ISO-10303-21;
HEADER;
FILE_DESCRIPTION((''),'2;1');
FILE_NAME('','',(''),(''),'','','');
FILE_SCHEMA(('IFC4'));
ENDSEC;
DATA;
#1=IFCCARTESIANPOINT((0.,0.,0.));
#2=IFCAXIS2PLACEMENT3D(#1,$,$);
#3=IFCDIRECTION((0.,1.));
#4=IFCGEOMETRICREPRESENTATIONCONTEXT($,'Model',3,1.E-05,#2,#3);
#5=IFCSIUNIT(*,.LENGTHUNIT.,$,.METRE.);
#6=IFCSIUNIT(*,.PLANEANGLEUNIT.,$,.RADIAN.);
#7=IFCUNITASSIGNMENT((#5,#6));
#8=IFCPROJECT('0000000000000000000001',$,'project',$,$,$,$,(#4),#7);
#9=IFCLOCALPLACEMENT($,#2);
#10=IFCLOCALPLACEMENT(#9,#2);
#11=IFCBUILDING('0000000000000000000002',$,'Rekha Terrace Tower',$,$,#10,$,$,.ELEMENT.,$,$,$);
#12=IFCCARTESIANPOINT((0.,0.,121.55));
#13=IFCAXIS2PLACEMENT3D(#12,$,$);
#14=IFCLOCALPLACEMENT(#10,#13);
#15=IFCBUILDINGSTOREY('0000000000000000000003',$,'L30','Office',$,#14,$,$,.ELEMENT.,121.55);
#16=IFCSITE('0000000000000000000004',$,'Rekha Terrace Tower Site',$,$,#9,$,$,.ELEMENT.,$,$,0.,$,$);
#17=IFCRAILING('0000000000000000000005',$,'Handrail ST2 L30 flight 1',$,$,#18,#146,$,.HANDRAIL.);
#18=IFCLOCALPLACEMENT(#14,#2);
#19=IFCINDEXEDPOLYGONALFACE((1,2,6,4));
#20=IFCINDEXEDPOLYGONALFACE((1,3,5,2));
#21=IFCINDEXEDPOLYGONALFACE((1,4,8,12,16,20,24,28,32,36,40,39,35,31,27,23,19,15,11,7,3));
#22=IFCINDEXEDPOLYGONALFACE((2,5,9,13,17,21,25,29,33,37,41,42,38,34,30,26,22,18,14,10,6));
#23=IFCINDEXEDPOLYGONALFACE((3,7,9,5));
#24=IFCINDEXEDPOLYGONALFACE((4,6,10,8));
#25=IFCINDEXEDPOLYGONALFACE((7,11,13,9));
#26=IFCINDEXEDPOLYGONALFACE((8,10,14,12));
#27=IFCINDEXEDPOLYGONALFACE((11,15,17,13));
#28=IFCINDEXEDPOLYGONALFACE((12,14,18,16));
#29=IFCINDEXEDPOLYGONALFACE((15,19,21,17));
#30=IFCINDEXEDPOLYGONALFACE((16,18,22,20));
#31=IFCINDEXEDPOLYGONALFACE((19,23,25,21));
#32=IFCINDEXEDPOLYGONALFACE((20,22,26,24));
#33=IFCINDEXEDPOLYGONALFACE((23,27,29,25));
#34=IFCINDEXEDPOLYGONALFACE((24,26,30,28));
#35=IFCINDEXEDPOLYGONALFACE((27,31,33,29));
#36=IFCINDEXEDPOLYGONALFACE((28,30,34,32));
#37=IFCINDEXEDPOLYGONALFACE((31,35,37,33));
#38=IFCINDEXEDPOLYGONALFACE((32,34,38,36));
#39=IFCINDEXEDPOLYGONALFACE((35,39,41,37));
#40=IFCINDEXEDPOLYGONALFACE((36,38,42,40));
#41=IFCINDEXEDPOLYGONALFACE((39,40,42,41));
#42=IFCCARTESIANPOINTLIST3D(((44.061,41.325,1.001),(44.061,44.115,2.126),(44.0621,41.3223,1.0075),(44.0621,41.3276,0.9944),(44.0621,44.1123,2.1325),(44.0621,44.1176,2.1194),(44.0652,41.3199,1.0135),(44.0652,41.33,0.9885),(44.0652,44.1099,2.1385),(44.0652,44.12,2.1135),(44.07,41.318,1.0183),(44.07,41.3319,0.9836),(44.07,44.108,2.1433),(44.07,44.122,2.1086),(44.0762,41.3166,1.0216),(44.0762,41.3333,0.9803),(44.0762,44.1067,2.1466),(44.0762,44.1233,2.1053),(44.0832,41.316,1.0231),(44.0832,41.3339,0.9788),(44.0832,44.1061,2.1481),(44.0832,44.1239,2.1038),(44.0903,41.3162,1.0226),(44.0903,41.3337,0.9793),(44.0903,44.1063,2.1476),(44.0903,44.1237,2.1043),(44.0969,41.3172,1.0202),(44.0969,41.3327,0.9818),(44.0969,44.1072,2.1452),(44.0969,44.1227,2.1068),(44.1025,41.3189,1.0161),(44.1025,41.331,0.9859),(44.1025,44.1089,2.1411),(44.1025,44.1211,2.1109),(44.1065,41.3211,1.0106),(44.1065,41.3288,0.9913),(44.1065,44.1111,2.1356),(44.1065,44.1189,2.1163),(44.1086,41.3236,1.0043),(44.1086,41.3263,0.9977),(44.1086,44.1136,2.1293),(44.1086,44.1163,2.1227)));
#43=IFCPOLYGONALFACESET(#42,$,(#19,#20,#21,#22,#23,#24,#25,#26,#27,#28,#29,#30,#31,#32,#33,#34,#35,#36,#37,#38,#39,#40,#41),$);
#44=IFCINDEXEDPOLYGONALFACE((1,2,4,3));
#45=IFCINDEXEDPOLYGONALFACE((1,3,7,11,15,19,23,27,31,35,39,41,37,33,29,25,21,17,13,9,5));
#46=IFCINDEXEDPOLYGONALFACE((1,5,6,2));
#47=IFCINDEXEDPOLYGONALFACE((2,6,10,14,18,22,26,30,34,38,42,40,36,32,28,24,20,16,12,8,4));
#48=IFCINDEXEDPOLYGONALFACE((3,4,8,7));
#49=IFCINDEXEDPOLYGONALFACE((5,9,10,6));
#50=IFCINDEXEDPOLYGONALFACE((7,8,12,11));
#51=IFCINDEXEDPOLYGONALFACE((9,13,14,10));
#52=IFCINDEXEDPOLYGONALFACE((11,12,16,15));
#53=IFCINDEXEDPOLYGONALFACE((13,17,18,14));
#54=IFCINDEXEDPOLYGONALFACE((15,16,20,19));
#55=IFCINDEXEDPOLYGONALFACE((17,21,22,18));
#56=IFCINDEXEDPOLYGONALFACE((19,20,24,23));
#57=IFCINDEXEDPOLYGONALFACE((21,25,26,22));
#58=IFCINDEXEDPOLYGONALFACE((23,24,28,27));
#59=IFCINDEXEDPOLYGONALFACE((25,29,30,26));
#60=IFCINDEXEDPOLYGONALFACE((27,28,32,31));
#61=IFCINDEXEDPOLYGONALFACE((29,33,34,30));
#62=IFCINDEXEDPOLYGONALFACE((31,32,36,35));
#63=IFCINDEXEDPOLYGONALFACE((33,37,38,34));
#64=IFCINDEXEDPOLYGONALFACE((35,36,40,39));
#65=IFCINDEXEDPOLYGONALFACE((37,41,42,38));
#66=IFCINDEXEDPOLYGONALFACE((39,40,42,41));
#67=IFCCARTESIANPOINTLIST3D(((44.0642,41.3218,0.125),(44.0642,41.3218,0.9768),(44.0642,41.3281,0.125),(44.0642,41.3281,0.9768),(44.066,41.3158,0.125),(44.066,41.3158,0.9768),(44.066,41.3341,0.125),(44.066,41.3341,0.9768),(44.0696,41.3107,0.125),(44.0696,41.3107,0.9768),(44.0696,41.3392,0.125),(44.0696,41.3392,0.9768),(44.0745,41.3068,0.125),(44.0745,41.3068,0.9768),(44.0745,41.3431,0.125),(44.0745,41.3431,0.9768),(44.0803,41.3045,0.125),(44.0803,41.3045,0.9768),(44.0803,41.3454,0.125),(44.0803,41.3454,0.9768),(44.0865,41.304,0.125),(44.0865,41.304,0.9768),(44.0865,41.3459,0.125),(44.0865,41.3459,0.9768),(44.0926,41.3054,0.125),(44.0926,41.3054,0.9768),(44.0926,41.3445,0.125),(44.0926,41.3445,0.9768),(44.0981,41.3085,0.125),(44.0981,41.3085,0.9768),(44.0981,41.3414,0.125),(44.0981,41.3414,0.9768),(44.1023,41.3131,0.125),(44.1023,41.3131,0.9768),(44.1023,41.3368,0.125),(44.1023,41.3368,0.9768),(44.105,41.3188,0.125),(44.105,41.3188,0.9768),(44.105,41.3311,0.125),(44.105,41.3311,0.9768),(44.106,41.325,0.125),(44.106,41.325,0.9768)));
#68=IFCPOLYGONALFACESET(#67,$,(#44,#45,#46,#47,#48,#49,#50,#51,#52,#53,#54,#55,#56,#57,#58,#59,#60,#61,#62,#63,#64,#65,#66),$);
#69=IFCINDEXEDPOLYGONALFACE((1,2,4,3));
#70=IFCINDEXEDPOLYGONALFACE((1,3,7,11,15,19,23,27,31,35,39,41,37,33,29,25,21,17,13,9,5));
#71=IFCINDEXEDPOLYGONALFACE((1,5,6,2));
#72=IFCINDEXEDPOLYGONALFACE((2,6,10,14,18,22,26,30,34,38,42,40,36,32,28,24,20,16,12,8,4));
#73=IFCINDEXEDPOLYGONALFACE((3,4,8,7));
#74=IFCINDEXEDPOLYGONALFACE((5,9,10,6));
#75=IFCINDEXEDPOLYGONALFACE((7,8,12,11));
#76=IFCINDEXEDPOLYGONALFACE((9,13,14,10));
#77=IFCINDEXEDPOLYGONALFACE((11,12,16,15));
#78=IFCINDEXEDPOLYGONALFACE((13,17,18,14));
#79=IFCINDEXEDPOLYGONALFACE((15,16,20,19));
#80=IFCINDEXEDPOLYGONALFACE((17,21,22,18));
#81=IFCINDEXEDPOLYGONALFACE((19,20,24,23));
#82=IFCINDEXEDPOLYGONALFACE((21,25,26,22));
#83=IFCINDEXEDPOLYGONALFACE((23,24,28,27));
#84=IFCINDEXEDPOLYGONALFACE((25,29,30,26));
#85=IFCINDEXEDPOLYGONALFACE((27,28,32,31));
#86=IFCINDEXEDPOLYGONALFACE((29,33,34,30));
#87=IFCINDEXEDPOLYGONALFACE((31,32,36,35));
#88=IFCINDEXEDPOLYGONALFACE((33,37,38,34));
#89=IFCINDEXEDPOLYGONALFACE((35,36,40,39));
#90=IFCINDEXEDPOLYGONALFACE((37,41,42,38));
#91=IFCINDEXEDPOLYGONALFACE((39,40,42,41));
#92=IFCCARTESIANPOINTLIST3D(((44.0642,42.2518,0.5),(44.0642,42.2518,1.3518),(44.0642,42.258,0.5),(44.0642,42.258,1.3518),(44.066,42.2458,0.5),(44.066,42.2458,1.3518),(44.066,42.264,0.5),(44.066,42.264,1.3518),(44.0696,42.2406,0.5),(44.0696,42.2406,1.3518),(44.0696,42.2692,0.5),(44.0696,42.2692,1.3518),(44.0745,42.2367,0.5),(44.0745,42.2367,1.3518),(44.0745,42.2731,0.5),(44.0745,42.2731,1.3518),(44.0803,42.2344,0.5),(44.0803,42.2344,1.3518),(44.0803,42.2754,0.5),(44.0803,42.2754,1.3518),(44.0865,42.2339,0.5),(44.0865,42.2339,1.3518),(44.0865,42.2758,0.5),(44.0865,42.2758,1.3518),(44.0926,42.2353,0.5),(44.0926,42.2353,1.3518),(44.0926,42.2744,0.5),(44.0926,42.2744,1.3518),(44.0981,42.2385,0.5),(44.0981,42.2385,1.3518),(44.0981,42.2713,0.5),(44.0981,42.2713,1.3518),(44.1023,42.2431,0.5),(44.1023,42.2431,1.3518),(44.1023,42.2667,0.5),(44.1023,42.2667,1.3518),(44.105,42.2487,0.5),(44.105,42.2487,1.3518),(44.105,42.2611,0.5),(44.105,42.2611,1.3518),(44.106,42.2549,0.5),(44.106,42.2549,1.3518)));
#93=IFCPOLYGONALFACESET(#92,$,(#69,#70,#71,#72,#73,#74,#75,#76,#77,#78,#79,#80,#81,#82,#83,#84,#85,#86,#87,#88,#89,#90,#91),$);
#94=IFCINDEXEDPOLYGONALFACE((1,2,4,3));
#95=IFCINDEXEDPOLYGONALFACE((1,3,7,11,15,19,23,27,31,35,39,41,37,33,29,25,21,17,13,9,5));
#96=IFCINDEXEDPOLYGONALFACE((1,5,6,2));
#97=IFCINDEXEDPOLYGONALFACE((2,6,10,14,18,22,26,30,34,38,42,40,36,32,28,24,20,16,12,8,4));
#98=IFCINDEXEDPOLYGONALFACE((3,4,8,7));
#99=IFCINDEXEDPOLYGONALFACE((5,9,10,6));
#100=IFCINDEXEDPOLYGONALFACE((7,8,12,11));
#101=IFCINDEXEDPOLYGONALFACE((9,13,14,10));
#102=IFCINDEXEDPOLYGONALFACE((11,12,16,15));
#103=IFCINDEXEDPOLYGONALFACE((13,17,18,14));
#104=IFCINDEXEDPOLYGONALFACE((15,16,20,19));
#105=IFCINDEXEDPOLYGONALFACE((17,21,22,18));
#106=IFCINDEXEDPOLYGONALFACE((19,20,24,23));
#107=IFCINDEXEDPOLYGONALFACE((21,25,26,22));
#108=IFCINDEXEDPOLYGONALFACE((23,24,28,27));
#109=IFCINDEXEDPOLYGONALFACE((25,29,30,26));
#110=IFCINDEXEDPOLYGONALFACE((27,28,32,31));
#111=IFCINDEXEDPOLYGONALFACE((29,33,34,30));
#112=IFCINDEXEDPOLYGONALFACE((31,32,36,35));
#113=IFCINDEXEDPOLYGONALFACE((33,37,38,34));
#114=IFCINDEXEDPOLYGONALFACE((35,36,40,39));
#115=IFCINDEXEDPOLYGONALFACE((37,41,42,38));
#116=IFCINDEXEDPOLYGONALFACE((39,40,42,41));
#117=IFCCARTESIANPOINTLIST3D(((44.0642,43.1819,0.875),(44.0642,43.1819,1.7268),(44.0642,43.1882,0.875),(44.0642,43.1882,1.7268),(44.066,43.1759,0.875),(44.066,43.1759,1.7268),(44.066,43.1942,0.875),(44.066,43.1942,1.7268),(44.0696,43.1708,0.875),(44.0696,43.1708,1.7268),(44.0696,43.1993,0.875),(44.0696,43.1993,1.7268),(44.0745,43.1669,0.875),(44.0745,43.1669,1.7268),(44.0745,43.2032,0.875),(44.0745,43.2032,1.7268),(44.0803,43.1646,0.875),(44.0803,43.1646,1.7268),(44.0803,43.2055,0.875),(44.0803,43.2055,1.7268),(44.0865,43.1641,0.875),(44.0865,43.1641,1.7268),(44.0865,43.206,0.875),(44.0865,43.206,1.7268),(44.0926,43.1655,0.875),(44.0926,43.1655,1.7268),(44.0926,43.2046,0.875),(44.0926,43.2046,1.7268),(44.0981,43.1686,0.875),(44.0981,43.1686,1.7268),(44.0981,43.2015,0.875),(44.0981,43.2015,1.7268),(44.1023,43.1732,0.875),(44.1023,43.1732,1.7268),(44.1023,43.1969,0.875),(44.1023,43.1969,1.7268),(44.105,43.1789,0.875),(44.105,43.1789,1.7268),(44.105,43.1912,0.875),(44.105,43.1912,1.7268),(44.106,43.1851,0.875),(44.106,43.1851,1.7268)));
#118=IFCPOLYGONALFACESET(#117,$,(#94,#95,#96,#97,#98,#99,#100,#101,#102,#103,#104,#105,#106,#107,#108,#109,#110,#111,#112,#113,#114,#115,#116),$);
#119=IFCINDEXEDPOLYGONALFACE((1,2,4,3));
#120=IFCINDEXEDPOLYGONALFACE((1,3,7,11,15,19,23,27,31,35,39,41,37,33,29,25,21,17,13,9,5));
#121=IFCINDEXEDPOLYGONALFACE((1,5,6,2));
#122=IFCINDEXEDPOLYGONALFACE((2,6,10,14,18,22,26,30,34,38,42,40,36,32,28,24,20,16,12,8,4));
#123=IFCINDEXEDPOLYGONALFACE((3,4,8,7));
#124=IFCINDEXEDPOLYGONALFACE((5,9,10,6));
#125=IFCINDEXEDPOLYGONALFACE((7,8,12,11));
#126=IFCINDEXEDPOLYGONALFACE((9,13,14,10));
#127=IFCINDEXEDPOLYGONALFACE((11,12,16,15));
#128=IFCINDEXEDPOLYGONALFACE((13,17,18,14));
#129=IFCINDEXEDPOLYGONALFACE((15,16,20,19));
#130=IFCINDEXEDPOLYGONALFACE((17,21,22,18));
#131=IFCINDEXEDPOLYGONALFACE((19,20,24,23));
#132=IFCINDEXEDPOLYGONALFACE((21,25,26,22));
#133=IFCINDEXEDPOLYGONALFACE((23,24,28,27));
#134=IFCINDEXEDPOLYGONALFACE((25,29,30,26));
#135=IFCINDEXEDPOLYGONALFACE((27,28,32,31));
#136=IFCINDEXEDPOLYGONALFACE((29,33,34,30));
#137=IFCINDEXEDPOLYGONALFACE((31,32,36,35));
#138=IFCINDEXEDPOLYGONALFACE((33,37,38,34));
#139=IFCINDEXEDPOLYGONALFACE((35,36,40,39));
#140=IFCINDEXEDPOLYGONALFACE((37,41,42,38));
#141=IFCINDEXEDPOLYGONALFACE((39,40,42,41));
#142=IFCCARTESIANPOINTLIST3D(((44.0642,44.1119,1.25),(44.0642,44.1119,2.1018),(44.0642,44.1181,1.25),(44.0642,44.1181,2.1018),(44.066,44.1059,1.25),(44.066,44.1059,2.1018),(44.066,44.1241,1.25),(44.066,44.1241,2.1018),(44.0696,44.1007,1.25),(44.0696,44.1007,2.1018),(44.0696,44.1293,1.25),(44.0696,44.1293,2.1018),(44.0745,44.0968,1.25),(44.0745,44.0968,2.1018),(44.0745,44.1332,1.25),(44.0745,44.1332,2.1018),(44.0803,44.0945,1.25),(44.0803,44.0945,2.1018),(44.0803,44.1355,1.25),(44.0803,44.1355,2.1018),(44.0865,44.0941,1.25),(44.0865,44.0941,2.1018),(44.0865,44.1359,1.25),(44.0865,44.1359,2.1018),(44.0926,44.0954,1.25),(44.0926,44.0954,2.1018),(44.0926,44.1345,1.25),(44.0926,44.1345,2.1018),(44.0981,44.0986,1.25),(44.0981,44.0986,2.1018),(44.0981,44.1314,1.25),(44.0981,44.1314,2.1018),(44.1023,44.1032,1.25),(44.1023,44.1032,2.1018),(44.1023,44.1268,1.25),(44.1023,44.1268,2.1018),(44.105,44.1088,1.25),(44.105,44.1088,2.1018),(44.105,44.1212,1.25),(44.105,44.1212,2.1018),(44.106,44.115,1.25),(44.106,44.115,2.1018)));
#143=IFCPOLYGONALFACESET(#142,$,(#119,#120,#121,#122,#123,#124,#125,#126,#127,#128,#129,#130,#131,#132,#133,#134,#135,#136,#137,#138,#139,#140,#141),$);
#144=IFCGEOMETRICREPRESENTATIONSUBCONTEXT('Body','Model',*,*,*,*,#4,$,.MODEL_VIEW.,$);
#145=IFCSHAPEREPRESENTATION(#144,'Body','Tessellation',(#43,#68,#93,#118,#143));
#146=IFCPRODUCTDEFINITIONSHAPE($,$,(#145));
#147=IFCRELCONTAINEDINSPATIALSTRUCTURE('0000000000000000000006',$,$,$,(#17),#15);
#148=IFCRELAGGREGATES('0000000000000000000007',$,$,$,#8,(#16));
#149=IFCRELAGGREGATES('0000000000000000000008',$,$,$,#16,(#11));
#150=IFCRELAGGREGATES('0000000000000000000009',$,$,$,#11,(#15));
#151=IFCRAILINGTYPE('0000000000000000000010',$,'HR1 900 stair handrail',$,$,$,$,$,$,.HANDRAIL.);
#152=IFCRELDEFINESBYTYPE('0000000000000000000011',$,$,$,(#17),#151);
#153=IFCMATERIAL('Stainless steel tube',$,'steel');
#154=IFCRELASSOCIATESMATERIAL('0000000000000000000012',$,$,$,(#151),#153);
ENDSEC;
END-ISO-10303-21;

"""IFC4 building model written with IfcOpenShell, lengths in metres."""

from ifc_helpers import new_model, si_unit, direction, frame, origin, origin_2d, place, context, subcontext, project, spatial, circle, extrude, material, type_object, element, save


model = new_model("IFC4")

# Units and contexts
model_context = context("Model", 3, precision=1e-05, world=origin(), true_north=direction((0.0, 1.0)))
body_context = subcontext(model_context, "Body", "Model", "MODEL_VIEW")
ifc_project = project(units=[si_unit("LENGTHUNIT", "METRE"), si_unit("PLANEANGLEUNIT", "RADIAN")], contexts=[model_context])

# Site, building, storey
site_placement = place(None, origin())
site = spatial("IfcSite", under=ifc_project, at=site_placement, Name="Rekha Terrace Tower Site", CompositionType="ELEMENT", RefElevation=0.0)
building_placement = place(site_placement, origin())
building = spatial("IfcBuilding", under=site, at=building_placement, Name="Rekha Terrace Tower", CompositionType="ELEMENT")
storey_placement = place(building_placement, frame((0.0, 0.0, 121.55)))
storey = spatial("IfcBuildingStorey", under=building, at=storey_placement, Name="L30", Description="Office", CompositionType="ELEMENT", Elevation=121.55)

# Railing
ifc_material_1 = material(Name="Stainless steel tube", Category="steel")
railing_type = type_object("IfcRailingType", Name="HR1 900 stair handrail", PredefinedType="HANDRAIL", material=ifc_material_1)
for number, where, name in (
    (1, (44.085, 41.325, 0.125), "Handrail ST2 L30 flight 1"),
):
    element("IfcRailing", number, at=place(storey_placement, frame(where)), inside=storey, type_object=railing_type, Name=name, PredefinedType="HANDRAIL", context=body_context, shape_type="SweptSolid", body=[
        extrude(circle(Radius=0.0239, at=origin_2d()), frame((0.0, 0.0, 0.876), z_axis=(0.0, 0.927443, 0.373964), x_axis=(-1.0, 0.0, 0.0)), (0.0, 0.0, 1.0), 3.0083),
        extrude(circle(Radius=0.021, at=origin_2d()), origin(), (0.0, 0.0, 1.0), 0.8518),
        extrude(circle(Radius=0.021, at=origin_2d()), frame((0.0, 0.9299, 0.375)), (0.0, 0.0, 1.0), 0.8518),
        extrude(circle(Radius=0.021, at=origin_2d()), frame((0.0, 1.8601, 0.75)), (0.0, 0.0, 1.0), 0.8518),
        extrude(circle(Radius=0.021, at=origin_2d()), frame((0.0, 2.79, 1.125)), (0.0, 0.0, 1.0), 0.8518),
    ])

save(model, "model.ifc")
